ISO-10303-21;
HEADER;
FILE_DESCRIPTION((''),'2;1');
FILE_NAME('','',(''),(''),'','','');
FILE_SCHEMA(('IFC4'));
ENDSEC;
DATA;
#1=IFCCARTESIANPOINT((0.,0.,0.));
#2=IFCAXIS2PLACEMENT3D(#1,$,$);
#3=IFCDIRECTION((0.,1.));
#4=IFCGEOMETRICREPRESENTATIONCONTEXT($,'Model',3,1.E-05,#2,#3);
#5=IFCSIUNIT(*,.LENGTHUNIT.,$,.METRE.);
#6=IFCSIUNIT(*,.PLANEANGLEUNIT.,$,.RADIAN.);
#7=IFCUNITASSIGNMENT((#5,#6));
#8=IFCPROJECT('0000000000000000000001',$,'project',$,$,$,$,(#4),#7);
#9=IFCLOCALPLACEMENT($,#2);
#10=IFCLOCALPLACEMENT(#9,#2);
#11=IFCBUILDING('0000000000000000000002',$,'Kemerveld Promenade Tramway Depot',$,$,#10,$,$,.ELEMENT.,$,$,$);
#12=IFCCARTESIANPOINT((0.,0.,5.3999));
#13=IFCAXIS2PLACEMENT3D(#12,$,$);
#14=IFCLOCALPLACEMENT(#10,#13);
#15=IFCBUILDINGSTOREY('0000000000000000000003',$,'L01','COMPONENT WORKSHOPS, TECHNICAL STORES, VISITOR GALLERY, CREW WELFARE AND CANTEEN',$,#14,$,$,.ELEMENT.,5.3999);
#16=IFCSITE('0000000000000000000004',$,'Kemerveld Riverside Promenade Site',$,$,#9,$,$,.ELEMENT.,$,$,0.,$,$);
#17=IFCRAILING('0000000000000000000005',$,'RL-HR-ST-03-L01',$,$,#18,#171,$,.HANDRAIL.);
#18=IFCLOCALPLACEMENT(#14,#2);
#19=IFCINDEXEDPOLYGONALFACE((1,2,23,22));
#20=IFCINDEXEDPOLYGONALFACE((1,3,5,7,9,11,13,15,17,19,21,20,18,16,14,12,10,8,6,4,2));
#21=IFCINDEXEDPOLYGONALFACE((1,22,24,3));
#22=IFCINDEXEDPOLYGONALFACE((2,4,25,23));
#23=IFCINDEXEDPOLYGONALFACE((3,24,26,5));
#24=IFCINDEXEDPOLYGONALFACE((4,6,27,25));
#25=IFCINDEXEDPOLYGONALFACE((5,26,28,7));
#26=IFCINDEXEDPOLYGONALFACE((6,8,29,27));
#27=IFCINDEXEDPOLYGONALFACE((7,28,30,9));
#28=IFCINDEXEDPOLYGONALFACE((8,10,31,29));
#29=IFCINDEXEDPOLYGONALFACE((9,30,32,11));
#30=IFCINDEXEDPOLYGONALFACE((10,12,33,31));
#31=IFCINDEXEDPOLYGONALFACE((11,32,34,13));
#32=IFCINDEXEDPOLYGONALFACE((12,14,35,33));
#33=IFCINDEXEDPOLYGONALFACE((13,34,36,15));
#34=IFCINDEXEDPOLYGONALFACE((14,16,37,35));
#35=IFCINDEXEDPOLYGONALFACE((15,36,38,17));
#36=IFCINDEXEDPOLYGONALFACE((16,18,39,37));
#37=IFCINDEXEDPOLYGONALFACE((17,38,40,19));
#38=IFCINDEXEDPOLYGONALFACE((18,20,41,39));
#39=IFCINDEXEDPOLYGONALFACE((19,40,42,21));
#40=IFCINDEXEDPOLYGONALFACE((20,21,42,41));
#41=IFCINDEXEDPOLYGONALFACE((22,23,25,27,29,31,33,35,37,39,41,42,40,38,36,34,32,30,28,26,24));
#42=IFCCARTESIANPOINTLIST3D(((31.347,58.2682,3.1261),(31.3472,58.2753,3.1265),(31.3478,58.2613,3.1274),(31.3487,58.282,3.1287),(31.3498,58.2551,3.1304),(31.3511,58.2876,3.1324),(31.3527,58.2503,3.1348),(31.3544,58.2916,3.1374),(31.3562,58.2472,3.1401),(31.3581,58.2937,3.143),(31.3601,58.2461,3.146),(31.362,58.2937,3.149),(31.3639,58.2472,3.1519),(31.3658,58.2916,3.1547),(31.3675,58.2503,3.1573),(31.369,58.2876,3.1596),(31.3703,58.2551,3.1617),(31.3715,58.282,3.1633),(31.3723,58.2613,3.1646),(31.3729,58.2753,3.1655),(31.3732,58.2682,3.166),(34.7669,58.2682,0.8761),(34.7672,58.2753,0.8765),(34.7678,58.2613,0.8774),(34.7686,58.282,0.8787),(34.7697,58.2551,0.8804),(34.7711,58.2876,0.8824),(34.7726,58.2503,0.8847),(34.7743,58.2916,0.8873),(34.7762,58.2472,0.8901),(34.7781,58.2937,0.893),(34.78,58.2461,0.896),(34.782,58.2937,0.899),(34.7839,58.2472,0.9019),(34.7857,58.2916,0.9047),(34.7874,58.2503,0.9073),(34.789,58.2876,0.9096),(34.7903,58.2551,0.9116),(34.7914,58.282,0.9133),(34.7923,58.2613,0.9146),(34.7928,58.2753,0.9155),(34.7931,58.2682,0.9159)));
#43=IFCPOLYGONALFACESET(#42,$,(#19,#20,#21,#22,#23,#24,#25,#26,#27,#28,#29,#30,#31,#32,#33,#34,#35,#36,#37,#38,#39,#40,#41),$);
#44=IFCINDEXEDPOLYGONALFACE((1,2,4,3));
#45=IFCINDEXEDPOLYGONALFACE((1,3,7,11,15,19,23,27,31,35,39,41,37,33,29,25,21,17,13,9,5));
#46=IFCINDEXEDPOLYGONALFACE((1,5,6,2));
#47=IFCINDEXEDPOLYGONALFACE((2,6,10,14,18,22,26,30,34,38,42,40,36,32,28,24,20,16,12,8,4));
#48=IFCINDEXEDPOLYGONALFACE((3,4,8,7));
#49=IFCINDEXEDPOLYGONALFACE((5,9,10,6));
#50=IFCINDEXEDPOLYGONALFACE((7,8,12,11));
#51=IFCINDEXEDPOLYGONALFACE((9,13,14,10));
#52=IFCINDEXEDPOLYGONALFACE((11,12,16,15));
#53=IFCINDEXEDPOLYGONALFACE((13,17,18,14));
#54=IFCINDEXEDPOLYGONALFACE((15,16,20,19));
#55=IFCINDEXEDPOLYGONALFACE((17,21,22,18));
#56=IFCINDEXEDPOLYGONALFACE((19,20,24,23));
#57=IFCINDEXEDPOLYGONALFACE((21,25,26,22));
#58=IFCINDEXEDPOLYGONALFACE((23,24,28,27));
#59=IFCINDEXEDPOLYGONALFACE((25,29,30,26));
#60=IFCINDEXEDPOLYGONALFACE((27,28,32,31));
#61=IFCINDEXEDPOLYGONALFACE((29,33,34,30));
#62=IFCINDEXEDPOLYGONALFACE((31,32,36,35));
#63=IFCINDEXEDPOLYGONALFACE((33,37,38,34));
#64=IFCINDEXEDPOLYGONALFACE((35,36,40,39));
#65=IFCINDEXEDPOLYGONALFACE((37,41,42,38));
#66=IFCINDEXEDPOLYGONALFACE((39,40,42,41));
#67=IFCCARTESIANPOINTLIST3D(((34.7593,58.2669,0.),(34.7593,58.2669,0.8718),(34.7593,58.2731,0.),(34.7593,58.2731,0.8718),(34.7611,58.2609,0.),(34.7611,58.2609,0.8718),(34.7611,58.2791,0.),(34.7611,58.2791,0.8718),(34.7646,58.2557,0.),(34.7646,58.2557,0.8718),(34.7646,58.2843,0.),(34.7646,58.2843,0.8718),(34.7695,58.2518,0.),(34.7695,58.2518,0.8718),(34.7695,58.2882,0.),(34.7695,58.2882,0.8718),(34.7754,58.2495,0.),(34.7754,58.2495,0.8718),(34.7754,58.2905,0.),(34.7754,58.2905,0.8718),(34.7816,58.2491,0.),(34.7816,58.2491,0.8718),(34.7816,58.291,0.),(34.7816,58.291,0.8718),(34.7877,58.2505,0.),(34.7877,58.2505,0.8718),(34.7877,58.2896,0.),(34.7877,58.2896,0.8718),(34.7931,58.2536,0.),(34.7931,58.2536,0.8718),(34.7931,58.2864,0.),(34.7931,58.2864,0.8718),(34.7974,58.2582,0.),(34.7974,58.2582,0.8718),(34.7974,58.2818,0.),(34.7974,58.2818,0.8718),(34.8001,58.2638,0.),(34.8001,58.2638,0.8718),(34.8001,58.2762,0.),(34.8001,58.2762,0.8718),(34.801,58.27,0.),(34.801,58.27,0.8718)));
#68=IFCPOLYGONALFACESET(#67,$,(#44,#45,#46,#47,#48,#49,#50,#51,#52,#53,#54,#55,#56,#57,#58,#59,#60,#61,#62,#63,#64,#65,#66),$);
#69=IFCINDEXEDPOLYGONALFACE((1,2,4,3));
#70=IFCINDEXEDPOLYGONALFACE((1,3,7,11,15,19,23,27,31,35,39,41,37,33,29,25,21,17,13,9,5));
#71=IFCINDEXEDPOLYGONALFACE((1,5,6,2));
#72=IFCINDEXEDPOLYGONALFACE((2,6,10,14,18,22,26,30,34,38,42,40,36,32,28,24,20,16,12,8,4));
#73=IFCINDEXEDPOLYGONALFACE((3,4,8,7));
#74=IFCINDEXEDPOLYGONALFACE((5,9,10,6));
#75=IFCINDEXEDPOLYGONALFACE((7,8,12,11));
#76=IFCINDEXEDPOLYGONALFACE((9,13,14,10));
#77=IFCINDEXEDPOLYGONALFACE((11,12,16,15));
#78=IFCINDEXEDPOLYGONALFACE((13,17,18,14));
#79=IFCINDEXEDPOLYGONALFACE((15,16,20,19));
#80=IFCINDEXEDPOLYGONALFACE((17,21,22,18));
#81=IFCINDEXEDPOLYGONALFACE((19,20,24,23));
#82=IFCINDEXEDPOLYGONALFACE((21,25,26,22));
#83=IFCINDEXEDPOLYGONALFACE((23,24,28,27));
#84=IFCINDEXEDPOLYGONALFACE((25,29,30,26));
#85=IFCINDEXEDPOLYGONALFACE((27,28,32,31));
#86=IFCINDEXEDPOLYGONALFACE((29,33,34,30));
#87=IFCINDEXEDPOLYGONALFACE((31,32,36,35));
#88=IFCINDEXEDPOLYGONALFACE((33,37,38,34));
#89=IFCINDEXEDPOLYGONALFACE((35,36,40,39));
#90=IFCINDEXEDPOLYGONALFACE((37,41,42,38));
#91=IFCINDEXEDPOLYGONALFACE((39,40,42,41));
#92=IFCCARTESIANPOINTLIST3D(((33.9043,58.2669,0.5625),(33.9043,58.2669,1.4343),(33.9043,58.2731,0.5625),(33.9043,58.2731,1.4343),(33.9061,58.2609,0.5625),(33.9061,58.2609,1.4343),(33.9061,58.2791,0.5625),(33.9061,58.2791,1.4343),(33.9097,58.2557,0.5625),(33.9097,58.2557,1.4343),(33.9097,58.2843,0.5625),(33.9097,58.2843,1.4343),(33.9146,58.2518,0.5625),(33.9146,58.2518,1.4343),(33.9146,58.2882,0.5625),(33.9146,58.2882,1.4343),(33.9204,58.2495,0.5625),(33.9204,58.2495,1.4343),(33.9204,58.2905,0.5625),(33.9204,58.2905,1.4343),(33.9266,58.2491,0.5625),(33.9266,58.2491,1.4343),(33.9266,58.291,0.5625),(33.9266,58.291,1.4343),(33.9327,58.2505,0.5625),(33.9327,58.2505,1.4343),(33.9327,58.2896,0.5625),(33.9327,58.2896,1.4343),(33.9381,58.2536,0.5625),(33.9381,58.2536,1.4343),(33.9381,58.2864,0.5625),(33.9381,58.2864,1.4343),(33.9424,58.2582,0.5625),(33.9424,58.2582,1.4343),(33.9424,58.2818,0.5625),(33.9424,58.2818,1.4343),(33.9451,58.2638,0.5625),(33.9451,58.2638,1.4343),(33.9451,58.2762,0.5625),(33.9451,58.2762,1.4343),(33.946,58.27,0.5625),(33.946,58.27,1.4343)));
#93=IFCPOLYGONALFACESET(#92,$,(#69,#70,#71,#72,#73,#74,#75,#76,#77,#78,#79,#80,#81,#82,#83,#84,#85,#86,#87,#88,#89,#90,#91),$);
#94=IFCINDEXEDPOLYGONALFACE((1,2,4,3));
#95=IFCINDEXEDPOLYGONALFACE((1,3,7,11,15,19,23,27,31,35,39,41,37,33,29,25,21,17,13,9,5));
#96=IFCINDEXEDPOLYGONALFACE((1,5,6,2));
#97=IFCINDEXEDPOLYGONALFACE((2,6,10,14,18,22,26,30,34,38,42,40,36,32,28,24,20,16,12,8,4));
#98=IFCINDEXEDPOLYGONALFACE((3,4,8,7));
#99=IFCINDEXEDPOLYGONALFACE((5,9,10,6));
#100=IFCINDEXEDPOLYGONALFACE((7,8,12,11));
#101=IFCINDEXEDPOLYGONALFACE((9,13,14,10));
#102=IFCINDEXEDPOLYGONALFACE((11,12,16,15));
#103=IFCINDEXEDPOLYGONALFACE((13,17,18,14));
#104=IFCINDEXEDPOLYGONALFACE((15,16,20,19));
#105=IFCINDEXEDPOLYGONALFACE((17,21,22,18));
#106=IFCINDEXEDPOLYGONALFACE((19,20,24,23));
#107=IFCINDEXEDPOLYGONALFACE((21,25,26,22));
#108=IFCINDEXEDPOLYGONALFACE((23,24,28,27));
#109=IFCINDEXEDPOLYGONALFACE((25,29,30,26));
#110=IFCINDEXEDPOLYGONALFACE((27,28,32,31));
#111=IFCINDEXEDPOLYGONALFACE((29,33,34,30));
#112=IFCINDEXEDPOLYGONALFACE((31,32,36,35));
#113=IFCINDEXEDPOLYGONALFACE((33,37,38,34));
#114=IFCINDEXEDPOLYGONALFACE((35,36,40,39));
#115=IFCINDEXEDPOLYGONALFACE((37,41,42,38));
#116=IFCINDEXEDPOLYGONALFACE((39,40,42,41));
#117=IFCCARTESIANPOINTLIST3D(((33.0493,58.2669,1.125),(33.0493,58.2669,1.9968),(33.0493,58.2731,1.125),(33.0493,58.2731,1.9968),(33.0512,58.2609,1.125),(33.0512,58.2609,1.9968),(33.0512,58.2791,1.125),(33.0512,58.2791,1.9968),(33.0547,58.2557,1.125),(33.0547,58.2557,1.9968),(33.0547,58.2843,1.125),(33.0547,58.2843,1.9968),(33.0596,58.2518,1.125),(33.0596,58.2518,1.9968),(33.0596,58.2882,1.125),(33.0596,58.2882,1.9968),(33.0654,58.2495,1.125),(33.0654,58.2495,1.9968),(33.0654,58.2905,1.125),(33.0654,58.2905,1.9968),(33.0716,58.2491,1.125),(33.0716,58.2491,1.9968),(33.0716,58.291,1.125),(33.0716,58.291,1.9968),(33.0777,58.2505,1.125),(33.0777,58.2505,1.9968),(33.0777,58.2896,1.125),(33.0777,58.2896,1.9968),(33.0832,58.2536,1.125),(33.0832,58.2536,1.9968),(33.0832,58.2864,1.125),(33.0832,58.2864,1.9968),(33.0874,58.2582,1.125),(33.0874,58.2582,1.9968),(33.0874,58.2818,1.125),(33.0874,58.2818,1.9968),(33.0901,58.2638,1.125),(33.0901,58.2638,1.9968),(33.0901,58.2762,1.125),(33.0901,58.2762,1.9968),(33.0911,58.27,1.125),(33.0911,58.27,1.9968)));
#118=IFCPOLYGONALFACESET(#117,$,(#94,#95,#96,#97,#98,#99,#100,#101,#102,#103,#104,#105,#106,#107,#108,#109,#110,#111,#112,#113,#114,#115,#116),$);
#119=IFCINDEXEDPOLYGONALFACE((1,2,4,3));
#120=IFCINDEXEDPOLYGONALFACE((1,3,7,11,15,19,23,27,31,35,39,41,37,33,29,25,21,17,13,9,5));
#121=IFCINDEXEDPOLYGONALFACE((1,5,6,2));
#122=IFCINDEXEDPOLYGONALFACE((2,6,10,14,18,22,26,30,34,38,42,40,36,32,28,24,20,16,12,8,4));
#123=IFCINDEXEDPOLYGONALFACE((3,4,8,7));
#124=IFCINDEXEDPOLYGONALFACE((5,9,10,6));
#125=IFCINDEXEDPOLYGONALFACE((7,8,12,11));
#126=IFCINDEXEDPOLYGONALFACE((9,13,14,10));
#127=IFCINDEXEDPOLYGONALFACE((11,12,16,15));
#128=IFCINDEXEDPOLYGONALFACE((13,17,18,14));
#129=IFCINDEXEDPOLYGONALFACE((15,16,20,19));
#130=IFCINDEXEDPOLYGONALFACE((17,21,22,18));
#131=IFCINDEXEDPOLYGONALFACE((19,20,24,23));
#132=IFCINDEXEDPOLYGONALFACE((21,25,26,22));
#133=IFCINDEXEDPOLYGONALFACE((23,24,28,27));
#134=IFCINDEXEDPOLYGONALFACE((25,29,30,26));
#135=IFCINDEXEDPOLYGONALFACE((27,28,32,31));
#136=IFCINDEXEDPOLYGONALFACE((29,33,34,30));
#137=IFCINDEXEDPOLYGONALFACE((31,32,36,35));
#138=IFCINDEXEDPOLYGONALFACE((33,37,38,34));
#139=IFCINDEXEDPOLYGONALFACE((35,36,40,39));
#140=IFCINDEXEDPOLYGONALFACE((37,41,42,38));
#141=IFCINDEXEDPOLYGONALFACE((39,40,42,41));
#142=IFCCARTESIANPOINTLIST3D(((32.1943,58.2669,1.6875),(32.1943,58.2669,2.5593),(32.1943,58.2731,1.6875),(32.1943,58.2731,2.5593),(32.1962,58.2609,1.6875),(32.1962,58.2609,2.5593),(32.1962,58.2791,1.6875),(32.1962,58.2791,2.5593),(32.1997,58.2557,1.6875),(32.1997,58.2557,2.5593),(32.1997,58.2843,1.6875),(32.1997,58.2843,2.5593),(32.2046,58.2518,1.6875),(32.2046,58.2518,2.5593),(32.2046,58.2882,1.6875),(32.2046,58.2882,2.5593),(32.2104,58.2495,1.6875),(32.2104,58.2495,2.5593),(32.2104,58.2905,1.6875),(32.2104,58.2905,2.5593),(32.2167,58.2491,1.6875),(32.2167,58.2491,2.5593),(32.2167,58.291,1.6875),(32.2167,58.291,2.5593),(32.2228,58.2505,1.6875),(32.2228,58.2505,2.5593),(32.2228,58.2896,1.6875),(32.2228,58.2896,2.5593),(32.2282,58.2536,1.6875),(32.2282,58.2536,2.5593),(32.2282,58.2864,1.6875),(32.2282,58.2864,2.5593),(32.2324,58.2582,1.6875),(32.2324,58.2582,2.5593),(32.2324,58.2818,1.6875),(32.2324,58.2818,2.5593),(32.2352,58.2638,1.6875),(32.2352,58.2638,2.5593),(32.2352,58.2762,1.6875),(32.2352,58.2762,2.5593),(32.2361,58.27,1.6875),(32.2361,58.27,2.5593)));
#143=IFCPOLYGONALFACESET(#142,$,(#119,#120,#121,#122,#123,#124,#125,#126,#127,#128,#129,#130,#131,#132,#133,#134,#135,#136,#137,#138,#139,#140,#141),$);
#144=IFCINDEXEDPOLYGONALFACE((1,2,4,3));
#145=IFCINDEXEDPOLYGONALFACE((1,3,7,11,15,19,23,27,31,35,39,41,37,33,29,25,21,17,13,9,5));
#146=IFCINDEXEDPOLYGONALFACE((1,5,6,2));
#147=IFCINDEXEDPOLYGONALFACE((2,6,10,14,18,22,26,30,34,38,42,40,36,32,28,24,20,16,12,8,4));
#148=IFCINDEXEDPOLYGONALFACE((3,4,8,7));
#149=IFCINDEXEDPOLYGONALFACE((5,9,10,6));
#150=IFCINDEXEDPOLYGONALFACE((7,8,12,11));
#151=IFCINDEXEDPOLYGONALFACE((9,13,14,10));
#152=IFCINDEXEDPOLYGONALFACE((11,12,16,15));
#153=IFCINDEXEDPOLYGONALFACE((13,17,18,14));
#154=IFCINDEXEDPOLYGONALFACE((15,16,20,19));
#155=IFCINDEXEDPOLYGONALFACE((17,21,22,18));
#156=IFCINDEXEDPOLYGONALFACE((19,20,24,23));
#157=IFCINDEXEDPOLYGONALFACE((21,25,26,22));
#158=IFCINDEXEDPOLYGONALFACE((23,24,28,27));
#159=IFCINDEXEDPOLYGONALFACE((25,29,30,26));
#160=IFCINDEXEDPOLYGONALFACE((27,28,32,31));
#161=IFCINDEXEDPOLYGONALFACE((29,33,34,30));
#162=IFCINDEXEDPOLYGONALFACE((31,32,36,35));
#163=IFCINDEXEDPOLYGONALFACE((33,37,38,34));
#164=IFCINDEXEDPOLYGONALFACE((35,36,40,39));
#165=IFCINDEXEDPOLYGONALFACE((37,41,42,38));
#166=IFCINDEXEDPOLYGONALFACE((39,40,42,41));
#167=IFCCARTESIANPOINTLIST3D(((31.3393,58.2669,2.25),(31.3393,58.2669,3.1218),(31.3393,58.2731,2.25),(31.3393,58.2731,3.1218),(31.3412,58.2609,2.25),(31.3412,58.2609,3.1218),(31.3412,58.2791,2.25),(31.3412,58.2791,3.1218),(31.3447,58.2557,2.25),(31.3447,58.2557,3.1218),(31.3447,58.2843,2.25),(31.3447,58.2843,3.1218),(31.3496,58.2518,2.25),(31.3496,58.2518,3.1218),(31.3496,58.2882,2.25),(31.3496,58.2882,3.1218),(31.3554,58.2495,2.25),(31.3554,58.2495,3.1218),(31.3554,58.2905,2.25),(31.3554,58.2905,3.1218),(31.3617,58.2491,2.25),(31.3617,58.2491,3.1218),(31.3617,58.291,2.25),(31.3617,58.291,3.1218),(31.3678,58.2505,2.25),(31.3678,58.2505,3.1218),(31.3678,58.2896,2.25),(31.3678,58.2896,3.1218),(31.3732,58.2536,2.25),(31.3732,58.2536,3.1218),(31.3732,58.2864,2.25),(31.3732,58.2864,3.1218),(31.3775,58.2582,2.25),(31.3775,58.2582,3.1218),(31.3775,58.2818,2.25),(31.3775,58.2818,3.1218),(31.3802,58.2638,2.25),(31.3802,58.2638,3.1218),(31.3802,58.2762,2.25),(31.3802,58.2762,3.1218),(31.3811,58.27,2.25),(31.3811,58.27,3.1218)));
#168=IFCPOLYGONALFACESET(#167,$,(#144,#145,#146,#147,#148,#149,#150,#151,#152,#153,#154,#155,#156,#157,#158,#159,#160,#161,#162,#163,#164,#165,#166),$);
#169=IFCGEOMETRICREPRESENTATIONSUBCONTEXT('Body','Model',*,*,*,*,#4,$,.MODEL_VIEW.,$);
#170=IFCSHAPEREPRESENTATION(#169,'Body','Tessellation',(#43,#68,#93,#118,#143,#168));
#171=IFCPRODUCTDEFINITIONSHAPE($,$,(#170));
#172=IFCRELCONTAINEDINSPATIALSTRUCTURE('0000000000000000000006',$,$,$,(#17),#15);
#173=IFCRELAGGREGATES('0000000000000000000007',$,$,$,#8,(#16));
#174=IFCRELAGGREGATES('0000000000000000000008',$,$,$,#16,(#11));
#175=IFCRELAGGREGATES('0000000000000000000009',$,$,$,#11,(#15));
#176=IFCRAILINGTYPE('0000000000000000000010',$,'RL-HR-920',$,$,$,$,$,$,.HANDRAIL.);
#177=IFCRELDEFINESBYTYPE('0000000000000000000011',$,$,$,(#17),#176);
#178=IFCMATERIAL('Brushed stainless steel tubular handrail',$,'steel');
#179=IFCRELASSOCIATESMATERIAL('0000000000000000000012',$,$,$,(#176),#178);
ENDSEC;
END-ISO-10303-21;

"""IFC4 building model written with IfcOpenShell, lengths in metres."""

from ifc_helpers import new_model, si_unit, direction, frame, origin, origin_2d, place, context, subcontext, project, spatial, circle, extrude, material, type_object, element, save


model = new_model("IFC4")

# Units and contexts
model_context = context("Model", 3, precision=1e-05, world=origin(), true_north=direction((0.0, 1.0)))
body_context = subcontext(model_context, "Body", "Model", "MODEL_VIEW")
ifc_project = project(units=[si_unit("LENGTHUNIT", "METRE"), si_unit("PLANEANGLEUNIT", "RADIAN")], contexts=[model_context])

# Site, building, storey
site_placement = place(None, origin())
site = spatial("IfcSite", under=ifc_project, at=site_placement, Name="Kemerveld Riverside Promenade Site", CompositionType="ELEMENT", RefElevation=0.0)
building_placement = place(site_placement, origin())
building = spatial("IfcBuilding", under=site, at=building_placement, Name="Kemerveld Promenade Tramway Depot", CompositionType="ELEMENT")
storey_placement = place(building_placement, frame((0.0, 0.0, 5.3999)))
storey = spatial("IfcBuildingStorey", under=building, at=storey_placement, Name="L01", Description="COMPONENT WORKSHOPS, TECHNICAL STORES, VISITOR GALLERY, CREW WELFARE AND CANTEEN", CompositionType="ELEMENT", Elevation=5.3999)

# Railing
ifc_material_1 = material(Name="Brushed stainless steel tubular handrail", Category="steel")
railing_type_1 = type_object("IfcRailingType", Name="RL-HR-920", PredefinedType="HANDRAIL", material=ifc_material_1)
railing_1_placement = place(storey_placement, frame((34.78, 58.27, 0.0)))
element("IfcRailing", 1, at=railing_1_placement, inside=storey, type_object=railing_type_1, Name="RL-HR-ST-03-L01", PredefinedType="HANDRAIL", context=body_context, shape_type="SweptSolid", body=[
    extrude(circle(Radius=0.0239, at=origin_2d()), frame((0.0, 0.0, 0.896), z_axis=(-0.835411, 0.0, 0.549625), x_axis=(0.0, -1.0, 0.0)), (0.0, 0.0, 1.0), 4.0938),
    extrude(circle(Radius=0.021, at=origin_2d()), origin(), (0.0, 0.0, 1.0), 0.8718),
    extrude(circle(Radius=0.021, at=origin_2d()), frame((-0.855, 0.0, 0.5625)), (0.0, 0.0, 1.0), 0.8718),
    extrude(circle(Radius=0.021, at=origin_2d()), frame((-1.71, 0.0, 1.125)), (0.0, 0.0, 1.0), 0.8718),
    extrude(circle(Radius=0.021, at=origin_2d()), frame((-2.5649, 0.0, 1.6875)), (0.0, 0.0, 1.0), 0.8718),
    extrude(circle(Radius=0.021, at=origin_2d()), frame((-3.4199, 0.0, 2.25)), (0.0, 0.0, 1.0), 0.8718),
])

save(model, "model.ifc")
